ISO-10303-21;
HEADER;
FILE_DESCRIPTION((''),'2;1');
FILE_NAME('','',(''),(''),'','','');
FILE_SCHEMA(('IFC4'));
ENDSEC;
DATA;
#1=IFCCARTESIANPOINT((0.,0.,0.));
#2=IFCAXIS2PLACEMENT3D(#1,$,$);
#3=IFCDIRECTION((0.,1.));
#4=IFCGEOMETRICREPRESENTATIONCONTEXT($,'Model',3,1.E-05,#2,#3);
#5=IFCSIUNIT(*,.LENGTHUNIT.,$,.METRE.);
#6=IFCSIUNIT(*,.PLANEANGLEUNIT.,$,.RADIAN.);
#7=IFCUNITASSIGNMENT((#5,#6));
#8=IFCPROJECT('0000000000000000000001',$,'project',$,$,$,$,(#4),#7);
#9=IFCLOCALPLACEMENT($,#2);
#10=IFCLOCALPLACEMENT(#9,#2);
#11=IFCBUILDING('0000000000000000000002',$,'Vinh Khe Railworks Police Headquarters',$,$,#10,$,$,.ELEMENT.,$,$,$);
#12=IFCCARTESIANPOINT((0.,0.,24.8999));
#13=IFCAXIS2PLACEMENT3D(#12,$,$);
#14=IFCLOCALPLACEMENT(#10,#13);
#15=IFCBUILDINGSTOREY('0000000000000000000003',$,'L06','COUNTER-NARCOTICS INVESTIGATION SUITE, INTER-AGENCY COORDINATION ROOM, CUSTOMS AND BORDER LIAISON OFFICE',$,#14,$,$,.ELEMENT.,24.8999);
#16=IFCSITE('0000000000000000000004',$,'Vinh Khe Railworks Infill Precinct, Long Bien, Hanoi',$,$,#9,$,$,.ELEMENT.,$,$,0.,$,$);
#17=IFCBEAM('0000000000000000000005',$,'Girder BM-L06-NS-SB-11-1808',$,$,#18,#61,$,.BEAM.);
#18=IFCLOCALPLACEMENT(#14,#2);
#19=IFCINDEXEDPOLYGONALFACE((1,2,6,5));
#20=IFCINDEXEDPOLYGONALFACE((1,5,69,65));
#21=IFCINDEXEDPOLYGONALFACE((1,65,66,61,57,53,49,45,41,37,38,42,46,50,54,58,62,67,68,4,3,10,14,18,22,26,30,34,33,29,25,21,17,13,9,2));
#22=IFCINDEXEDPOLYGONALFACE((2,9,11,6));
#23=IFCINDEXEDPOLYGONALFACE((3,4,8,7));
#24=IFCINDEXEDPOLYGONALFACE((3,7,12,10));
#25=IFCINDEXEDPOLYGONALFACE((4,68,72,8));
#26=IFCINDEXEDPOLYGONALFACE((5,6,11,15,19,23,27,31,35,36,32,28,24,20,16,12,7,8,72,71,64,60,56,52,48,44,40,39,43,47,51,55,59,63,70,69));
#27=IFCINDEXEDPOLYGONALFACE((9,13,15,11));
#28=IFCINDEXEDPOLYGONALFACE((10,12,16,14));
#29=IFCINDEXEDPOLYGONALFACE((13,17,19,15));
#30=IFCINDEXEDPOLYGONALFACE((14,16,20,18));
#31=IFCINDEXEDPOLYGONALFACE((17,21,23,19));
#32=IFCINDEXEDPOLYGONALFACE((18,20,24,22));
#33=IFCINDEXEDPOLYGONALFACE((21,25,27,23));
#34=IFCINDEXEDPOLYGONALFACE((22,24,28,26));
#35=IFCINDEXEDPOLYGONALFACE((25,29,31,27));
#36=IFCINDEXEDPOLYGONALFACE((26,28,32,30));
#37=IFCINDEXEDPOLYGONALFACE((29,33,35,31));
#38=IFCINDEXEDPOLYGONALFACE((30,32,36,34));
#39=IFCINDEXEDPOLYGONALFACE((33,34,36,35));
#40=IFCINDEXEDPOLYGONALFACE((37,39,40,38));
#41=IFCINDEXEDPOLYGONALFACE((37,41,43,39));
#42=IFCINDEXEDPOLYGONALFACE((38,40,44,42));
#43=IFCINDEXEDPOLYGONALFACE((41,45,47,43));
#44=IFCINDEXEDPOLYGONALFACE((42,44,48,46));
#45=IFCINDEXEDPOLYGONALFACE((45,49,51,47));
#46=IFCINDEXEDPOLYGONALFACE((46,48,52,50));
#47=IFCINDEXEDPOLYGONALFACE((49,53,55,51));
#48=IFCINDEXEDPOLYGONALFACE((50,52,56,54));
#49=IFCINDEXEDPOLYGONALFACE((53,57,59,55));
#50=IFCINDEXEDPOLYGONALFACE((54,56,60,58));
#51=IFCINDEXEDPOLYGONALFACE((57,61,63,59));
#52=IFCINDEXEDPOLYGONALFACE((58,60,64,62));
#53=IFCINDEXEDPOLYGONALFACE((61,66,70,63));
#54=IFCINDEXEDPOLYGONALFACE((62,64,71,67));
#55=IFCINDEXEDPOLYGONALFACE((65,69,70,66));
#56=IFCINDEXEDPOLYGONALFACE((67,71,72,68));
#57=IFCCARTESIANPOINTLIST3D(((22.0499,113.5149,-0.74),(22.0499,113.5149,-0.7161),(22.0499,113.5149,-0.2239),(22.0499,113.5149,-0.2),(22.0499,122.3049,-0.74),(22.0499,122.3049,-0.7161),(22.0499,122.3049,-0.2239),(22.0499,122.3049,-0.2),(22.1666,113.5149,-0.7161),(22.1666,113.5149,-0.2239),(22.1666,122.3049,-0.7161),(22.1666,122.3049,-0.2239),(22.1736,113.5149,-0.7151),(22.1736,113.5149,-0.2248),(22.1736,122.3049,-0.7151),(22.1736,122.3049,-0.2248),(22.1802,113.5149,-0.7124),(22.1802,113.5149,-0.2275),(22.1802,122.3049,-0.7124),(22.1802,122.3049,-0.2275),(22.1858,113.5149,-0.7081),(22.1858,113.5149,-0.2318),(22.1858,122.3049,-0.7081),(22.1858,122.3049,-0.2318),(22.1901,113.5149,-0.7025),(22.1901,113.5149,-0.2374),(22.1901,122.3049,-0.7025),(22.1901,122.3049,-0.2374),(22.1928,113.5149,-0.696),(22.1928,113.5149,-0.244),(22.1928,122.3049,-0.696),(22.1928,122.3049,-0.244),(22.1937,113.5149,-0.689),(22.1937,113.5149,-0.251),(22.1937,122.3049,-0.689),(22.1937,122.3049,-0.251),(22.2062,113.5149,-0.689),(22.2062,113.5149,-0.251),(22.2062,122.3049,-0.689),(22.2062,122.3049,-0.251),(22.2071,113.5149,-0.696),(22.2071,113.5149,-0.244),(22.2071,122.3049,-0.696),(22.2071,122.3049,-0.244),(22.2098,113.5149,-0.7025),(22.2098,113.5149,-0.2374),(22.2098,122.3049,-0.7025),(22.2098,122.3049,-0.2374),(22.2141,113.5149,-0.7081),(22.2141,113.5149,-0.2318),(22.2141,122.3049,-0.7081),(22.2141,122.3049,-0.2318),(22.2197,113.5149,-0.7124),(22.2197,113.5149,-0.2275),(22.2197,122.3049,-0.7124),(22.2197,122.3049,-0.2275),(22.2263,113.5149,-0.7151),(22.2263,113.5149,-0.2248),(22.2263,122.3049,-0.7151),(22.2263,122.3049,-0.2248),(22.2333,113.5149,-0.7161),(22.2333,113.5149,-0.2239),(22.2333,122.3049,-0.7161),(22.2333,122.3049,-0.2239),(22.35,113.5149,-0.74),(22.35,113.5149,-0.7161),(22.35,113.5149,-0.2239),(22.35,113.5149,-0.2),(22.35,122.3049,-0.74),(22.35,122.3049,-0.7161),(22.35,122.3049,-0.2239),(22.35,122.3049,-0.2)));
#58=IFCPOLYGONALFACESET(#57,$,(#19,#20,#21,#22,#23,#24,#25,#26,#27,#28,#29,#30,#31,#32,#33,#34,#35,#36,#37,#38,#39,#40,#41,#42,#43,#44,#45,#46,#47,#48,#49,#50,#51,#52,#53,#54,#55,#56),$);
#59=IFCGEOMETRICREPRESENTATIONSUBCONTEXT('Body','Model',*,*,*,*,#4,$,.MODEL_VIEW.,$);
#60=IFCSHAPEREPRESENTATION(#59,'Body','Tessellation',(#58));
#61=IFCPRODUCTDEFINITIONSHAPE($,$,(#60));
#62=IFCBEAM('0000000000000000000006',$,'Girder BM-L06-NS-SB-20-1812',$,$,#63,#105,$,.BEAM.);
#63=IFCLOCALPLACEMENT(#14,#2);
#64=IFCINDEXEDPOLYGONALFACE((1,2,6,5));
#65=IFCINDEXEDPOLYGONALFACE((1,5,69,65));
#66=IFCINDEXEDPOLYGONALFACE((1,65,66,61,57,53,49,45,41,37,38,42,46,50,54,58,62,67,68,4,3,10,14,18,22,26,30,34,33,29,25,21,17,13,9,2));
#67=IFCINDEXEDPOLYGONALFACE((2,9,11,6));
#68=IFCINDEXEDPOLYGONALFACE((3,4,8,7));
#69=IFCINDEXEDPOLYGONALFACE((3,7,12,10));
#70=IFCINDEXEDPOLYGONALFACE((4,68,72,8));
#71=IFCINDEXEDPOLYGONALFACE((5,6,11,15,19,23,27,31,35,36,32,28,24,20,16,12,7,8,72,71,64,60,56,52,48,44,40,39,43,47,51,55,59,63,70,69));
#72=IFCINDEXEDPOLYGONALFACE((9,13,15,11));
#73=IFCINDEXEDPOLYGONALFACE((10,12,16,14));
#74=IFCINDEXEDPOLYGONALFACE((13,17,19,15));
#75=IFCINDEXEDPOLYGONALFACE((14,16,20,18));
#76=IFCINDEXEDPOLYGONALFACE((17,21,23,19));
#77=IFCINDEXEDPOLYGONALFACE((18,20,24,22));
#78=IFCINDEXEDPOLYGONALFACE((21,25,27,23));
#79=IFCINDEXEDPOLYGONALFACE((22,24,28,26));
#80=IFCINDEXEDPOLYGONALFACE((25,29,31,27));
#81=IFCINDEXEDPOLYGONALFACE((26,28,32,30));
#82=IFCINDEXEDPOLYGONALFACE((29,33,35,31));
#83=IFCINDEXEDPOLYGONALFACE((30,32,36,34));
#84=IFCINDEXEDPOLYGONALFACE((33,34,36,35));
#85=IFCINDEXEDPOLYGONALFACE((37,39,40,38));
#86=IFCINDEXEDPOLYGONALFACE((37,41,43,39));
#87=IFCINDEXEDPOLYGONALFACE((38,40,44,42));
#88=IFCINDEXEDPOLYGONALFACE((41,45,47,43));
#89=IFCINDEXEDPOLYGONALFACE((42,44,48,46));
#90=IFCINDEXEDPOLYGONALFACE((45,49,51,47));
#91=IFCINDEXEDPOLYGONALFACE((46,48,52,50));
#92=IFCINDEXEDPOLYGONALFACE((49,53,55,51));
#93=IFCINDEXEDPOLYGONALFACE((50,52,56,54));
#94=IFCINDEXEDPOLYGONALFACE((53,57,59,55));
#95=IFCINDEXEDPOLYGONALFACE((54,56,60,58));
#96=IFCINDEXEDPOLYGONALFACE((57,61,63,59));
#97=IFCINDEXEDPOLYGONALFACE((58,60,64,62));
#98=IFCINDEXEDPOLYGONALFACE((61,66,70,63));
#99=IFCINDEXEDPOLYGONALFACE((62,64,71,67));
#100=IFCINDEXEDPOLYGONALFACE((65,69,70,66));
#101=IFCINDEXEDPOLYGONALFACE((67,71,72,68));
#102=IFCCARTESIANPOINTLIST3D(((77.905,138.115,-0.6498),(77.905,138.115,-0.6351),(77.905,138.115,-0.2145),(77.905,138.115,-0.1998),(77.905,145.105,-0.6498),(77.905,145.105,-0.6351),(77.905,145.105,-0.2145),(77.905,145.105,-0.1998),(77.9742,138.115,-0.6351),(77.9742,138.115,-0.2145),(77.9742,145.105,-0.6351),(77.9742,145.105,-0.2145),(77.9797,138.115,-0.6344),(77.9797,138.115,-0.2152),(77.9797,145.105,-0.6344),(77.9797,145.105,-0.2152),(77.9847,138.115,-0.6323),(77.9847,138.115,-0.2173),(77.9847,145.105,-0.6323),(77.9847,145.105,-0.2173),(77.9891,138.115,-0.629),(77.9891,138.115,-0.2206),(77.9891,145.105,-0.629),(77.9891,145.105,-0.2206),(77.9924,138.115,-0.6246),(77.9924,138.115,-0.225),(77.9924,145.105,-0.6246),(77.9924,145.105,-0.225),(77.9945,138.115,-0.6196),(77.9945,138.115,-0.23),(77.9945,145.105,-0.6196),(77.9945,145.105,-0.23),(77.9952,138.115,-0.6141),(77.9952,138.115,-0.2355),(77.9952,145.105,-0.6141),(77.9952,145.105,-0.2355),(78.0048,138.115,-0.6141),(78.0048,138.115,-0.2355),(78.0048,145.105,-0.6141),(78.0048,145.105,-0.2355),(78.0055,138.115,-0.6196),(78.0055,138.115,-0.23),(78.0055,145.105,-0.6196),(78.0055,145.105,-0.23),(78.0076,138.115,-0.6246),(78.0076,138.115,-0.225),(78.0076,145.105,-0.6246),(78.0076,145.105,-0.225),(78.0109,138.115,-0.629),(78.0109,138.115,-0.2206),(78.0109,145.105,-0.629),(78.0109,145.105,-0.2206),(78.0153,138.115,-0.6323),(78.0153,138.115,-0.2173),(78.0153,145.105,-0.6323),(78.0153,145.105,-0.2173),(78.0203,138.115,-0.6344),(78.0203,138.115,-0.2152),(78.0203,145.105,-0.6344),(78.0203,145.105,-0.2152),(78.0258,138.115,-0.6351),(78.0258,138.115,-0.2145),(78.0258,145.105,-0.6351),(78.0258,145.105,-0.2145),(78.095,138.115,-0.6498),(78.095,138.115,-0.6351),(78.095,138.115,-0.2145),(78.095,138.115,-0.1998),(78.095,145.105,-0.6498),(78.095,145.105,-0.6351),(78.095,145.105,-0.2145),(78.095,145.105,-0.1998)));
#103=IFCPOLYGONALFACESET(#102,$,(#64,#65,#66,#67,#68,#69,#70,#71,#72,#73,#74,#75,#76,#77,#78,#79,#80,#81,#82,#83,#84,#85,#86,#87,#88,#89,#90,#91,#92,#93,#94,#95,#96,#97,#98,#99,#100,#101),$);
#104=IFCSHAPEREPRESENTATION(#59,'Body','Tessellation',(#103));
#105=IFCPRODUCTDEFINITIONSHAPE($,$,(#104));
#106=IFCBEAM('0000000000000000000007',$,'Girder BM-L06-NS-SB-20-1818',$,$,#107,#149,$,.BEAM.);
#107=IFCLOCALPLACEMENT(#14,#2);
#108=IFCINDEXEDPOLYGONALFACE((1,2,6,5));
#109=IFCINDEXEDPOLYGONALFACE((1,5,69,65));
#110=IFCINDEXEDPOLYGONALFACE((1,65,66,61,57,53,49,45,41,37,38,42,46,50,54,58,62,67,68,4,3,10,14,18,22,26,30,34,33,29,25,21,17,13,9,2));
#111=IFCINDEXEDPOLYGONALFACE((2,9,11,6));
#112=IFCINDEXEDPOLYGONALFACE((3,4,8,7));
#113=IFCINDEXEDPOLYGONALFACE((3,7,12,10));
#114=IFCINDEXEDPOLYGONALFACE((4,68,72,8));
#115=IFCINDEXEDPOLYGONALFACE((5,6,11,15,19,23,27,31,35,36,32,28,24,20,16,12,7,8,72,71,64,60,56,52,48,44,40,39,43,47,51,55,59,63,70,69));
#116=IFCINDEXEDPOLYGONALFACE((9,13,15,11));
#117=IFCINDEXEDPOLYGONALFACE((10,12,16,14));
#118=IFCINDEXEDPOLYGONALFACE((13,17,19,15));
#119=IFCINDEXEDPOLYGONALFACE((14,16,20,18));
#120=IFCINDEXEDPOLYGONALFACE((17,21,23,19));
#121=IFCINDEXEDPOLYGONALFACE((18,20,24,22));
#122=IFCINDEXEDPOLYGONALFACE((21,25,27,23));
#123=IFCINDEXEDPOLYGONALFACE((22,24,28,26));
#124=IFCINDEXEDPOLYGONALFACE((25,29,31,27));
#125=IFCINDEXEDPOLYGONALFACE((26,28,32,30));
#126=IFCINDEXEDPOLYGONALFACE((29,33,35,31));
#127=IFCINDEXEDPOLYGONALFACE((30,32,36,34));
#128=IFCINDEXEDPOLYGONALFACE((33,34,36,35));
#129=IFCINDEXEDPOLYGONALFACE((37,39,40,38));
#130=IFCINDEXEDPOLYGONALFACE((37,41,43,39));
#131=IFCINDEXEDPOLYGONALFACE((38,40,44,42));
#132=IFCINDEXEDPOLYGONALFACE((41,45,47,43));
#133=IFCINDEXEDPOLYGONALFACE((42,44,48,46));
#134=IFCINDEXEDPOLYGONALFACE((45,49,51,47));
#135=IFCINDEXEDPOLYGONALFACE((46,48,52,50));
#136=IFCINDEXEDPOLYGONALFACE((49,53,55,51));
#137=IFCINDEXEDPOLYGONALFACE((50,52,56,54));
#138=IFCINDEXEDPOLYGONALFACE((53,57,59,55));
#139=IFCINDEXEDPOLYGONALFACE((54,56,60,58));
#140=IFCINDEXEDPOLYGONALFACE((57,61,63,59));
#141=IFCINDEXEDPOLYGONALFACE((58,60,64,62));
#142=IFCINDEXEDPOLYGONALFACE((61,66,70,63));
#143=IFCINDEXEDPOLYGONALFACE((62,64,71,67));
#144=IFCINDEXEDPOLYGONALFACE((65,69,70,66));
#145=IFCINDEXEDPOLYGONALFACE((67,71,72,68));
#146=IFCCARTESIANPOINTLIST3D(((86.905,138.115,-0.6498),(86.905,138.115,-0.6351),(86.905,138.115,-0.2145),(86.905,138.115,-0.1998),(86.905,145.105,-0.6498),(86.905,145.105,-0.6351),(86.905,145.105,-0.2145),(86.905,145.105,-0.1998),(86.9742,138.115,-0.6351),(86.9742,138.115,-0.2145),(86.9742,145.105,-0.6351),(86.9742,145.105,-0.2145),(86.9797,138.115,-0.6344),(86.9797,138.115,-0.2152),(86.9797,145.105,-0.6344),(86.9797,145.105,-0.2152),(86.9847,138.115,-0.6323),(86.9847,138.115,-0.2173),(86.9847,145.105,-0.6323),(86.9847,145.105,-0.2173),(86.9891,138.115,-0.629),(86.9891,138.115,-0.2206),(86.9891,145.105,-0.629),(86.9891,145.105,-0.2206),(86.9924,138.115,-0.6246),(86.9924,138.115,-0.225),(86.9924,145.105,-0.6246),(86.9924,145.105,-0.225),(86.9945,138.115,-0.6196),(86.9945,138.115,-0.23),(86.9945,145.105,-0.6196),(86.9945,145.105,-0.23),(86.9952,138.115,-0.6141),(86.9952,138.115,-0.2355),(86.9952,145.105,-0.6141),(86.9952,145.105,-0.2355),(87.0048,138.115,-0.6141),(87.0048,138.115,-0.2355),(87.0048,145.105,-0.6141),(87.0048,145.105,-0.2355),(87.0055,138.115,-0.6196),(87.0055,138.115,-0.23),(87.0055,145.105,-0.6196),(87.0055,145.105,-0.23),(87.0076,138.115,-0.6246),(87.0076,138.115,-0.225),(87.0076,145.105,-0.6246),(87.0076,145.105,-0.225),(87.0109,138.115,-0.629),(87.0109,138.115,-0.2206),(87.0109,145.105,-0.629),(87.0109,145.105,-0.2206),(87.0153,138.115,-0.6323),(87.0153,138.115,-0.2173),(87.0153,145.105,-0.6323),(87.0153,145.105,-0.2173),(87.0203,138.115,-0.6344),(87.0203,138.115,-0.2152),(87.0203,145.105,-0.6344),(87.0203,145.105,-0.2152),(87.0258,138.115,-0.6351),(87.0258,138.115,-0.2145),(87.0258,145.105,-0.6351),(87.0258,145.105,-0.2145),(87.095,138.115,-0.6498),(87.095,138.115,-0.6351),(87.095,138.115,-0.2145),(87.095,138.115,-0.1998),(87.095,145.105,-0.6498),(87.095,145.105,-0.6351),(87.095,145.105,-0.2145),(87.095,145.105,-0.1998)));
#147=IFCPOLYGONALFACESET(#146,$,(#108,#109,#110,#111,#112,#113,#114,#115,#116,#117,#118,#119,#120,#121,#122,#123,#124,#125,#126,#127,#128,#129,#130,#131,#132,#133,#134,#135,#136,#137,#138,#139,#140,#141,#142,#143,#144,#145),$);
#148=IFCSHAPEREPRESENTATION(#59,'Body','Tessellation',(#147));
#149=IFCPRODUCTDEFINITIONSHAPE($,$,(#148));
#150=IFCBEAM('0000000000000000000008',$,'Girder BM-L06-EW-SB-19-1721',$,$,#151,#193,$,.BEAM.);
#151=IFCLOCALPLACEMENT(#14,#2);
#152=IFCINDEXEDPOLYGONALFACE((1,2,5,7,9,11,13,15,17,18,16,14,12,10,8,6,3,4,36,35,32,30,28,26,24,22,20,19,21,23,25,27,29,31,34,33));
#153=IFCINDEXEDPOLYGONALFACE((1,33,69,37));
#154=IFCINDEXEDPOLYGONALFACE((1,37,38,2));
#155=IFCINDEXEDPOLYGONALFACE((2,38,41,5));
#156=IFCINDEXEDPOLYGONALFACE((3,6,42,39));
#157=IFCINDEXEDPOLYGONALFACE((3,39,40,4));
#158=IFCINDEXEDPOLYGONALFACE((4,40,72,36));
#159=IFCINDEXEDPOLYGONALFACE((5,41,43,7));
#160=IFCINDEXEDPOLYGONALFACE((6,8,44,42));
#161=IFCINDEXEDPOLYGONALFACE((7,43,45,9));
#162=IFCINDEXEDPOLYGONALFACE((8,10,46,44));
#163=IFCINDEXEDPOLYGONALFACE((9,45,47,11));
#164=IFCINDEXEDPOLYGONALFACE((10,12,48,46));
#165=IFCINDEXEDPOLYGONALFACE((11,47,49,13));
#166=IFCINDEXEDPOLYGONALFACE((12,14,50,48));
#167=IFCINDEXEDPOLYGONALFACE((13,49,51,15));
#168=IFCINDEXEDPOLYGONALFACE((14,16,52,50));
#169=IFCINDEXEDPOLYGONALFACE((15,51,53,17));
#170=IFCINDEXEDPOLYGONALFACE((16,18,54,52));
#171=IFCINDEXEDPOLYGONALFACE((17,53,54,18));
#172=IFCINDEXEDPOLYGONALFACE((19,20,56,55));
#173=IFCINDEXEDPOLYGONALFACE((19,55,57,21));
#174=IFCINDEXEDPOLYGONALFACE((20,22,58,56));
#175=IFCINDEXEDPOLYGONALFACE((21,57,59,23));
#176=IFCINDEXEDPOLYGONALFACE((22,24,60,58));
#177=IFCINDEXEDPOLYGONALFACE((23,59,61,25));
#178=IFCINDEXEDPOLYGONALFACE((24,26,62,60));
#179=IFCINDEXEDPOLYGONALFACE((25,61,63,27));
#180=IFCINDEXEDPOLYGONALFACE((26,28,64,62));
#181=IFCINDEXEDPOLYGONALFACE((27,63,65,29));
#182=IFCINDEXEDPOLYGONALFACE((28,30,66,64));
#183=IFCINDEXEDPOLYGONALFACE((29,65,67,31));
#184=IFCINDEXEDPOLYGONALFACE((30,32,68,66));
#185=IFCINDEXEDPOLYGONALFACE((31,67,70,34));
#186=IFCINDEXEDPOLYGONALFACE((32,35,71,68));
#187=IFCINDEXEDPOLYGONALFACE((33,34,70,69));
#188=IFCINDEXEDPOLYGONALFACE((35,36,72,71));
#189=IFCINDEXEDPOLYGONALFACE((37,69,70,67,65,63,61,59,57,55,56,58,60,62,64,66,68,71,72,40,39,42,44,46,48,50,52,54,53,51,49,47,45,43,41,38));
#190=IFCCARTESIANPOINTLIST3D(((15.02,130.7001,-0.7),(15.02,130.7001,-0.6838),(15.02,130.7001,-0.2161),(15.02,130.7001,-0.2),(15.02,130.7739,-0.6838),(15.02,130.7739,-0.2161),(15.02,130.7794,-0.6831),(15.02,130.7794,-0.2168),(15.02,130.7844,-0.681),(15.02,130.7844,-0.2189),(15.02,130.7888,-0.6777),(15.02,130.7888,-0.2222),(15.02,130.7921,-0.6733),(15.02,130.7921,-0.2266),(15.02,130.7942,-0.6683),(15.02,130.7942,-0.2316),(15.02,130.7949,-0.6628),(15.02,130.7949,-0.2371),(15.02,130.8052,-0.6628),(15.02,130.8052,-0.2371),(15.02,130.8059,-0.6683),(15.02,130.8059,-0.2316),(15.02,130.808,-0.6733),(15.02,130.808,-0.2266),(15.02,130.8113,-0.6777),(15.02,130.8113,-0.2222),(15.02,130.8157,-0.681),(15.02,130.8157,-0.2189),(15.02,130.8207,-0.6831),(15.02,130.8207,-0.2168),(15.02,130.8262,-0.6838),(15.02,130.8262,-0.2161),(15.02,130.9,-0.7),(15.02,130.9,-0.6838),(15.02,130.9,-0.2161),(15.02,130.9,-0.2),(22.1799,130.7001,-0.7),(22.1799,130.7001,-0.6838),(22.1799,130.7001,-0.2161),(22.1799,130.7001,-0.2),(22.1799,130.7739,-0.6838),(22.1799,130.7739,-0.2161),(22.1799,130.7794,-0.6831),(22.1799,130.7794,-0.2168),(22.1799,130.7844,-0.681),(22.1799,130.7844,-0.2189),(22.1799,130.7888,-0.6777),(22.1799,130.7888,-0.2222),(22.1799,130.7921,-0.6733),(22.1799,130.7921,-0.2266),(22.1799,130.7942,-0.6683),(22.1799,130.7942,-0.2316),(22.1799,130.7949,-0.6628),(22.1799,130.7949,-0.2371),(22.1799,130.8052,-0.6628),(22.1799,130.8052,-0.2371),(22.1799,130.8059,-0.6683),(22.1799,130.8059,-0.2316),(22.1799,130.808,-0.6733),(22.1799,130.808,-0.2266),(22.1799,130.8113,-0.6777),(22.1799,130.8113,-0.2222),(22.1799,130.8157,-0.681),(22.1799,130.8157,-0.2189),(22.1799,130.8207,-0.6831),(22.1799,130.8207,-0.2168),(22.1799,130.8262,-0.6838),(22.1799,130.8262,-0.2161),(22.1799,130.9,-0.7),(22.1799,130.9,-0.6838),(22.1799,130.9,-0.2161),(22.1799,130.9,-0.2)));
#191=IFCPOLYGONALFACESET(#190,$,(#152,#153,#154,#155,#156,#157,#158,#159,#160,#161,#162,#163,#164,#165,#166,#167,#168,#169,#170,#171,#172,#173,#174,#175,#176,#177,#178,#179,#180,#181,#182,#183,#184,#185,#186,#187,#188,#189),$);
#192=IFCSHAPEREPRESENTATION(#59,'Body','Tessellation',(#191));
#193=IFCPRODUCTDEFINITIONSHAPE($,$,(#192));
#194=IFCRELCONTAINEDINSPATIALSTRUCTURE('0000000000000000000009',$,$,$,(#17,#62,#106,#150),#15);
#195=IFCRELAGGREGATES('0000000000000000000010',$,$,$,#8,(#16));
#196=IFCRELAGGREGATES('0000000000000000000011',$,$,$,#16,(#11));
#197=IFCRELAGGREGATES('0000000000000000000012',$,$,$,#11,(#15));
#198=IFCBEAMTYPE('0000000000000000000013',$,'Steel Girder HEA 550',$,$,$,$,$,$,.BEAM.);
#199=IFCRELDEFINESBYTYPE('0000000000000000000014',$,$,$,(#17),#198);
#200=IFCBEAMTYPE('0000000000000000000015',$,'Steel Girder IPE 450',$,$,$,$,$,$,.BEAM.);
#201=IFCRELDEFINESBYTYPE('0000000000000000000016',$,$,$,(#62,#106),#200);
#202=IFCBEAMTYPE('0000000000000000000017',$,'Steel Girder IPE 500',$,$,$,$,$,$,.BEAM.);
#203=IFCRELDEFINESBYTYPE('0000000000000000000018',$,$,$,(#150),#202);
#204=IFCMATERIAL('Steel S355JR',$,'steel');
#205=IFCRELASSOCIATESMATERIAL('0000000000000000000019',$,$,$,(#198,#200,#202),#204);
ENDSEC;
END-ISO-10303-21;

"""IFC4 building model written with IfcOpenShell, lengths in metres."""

from ifc_helpers import new_model, si_unit, direction, frame, origin, origin_2d, place, context, subcontext, project, spatial, i_section, extrude, material, material_profile, profile_set, type_object, element, save


model = new_model("IFC4")

# Units and contexts
model_context = context("Model", 3, precision=1e-05, world=origin(), true_north=direction((0.0, 1.0)))
body_context = subcontext(model_context, "Body", "Model", "MODEL_VIEW")
ifc_project = project(units=[si_unit("LENGTHUNIT", "METRE"), si_unit("PLANEANGLEUNIT", "RADIAN")], contexts=[model_context])

# Site, building, storey
site_placement = place(None, origin())
site = spatial("IfcSite", under=ifc_project, at=site_placement, Name="Vinh Khe Railworks Infill Precinct, Long Bien, Hanoi", CompositionType="ELEMENT", RefElevation=0.0)
building_placement = place(site_placement, origin())
building = spatial("IfcBuilding", under=site, at=building_placement, Name="Vinh Khe Railworks Police Headquarters", CompositionType="ELEMENT")
storey_placement = place(building_placement, frame((0.0, 0.0, 24.8999)))
storey = spatial("IfcBuildingStorey", under=building, at=storey_placement, Name="L06", Description="COUNTER-NARCOTICS INVESTIGATION SUITE, INTER-AGENCY COORDINATION ROOM, CUSTOMS AND BORDER LIAISON OFFICE", CompositionType="ELEMENT", Elevation=24.8999)

# Beams
ifc_material_1 = material(Name="Steel S355JR", Category="steel")
ifc_material_profile_1 = material_profile(ifc_material_1, i_section(OverallWidth=0.3, OverallDepth=0.54, WebThickness=0.0125, FlangeThickness=0.0239, FilletRadius=0.0271, at=origin_2d()), Name="HEA 550")
ifc_profile_set_1 = profile_set([ifc_material_profile_1], Name="Steel S355JR")
beam_type_1 = type_object("IfcBeamType", Name="Steel Girder HEA 550", PredefinedType="BEAM", material=ifc_profile_set_1)
beam_1_placement = place(storey_placement, frame((22.2, 113.5149, -0.47), z_axis=(0.0, 1.0, 0.0), x_axis=(-1.0, 0.0, 0.0)))
element("IfcBeam", 1, at=beam_1_placement, inside=storey, type_object=beam_type_1, Name="Girder BM-L06-NS-SB-11-1808", PredefinedType="BEAM", context=body_context, shape_type="SweptSolid", body=[
    extrude(i_section(OverallWidth=0.3, OverallDepth=0.54, WebThickness=0.0125, FlangeThickness=0.0239, FilletRadius=0.0271, at=origin_2d()), origin(), (0.0, 0.0, 1.0), 8.79),
])
ifc_material_profile_2 = material_profile(ifc_material_1, i_section(OverallWidth=0.1899, OverallDepth=0.45, WebThickness=0.0095, FlangeThickness=0.0146, FilletRadius=0.021, at=origin_2d()), Name="IPE 450")
ifc_profile_set_2 = profile_set([ifc_material_profile_2], Name="Steel S355JR")
beam_type_2 = type_object("IfcBeamType", Name="Steel Girder IPE 450", PredefinedType="BEAM", material=ifc_profile_set_2)
for number, where, z_axis, x_axis, name in (
    (2, (78.0, 138.115, -0.4248), (0.0, 1.0, 0.0), (-1.0, 0.0, 0.0), "Girder BM-L06-NS-SB-20-1812"),
    (3, (87.0, 138.115, -0.4248), (0.0, 1.0, 0.0), (-1.0, 0.0, 0.0), "Girder BM-L06-NS-SB-20-1818"),
):
    element("IfcBeam", number, at=place(storey_placement, frame(where, z_axis=z_axis, x_axis=x_axis)), inside=storey, type_object=beam_type_2, Name=name, PredefinedType="BEAM", context=body_context, shape_type="SweptSolid", body=[
        extrude(i_section(OverallWidth=0.1899, OverallDepth=0.45, WebThickness=0.0095, FlangeThickness=0.0146, FilletRadius=0.021, at=origin_2d()), origin(), (0.0, 0.0, 1.0), 6.99),
    ])
ifc_material_profile_3 = material_profile(ifc_material_1, i_section(OverallWidth=0.2, OverallDepth=0.5, WebThickness=0.0103, FlangeThickness=0.0161, FilletRadius=0.021, at=origin_2d()), Name="IPE 500")
ifc_profile_set_3 = profile_set([ifc_material_profile_3], Name="Steel S355JR")
beam_type_3 = type_object("IfcBeamType", Name="Steel Girder IPE 500", PredefinedType="BEAM", material=ifc_profile_set_3)
beam_2_placement = place(storey_placement, frame((15.02, 130.8, -0.45), z_axis=(1.0, 0.0, 0.0), x_axis=(0.0, 1.0, 0.0)))
element("IfcBeam", 4, at=beam_2_placement, inside=storey, type_object=beam_type_3, Name="Girder BM-L06-EW-SB-19-1721", PredefinedType="BEAM", context=body_context, shape_type="SweptSolid", body=[
    extrude(i_section(OverallWidth=0.2, OverallDepth=0.5, WebThickness=0.0103, FlangeThickness=0.0161, FilletRadius=0.021, at=origin_2d()), origin(), (0.0, 0.0, 1.0), 7.1599),
])

save(model, "model.ifc")
